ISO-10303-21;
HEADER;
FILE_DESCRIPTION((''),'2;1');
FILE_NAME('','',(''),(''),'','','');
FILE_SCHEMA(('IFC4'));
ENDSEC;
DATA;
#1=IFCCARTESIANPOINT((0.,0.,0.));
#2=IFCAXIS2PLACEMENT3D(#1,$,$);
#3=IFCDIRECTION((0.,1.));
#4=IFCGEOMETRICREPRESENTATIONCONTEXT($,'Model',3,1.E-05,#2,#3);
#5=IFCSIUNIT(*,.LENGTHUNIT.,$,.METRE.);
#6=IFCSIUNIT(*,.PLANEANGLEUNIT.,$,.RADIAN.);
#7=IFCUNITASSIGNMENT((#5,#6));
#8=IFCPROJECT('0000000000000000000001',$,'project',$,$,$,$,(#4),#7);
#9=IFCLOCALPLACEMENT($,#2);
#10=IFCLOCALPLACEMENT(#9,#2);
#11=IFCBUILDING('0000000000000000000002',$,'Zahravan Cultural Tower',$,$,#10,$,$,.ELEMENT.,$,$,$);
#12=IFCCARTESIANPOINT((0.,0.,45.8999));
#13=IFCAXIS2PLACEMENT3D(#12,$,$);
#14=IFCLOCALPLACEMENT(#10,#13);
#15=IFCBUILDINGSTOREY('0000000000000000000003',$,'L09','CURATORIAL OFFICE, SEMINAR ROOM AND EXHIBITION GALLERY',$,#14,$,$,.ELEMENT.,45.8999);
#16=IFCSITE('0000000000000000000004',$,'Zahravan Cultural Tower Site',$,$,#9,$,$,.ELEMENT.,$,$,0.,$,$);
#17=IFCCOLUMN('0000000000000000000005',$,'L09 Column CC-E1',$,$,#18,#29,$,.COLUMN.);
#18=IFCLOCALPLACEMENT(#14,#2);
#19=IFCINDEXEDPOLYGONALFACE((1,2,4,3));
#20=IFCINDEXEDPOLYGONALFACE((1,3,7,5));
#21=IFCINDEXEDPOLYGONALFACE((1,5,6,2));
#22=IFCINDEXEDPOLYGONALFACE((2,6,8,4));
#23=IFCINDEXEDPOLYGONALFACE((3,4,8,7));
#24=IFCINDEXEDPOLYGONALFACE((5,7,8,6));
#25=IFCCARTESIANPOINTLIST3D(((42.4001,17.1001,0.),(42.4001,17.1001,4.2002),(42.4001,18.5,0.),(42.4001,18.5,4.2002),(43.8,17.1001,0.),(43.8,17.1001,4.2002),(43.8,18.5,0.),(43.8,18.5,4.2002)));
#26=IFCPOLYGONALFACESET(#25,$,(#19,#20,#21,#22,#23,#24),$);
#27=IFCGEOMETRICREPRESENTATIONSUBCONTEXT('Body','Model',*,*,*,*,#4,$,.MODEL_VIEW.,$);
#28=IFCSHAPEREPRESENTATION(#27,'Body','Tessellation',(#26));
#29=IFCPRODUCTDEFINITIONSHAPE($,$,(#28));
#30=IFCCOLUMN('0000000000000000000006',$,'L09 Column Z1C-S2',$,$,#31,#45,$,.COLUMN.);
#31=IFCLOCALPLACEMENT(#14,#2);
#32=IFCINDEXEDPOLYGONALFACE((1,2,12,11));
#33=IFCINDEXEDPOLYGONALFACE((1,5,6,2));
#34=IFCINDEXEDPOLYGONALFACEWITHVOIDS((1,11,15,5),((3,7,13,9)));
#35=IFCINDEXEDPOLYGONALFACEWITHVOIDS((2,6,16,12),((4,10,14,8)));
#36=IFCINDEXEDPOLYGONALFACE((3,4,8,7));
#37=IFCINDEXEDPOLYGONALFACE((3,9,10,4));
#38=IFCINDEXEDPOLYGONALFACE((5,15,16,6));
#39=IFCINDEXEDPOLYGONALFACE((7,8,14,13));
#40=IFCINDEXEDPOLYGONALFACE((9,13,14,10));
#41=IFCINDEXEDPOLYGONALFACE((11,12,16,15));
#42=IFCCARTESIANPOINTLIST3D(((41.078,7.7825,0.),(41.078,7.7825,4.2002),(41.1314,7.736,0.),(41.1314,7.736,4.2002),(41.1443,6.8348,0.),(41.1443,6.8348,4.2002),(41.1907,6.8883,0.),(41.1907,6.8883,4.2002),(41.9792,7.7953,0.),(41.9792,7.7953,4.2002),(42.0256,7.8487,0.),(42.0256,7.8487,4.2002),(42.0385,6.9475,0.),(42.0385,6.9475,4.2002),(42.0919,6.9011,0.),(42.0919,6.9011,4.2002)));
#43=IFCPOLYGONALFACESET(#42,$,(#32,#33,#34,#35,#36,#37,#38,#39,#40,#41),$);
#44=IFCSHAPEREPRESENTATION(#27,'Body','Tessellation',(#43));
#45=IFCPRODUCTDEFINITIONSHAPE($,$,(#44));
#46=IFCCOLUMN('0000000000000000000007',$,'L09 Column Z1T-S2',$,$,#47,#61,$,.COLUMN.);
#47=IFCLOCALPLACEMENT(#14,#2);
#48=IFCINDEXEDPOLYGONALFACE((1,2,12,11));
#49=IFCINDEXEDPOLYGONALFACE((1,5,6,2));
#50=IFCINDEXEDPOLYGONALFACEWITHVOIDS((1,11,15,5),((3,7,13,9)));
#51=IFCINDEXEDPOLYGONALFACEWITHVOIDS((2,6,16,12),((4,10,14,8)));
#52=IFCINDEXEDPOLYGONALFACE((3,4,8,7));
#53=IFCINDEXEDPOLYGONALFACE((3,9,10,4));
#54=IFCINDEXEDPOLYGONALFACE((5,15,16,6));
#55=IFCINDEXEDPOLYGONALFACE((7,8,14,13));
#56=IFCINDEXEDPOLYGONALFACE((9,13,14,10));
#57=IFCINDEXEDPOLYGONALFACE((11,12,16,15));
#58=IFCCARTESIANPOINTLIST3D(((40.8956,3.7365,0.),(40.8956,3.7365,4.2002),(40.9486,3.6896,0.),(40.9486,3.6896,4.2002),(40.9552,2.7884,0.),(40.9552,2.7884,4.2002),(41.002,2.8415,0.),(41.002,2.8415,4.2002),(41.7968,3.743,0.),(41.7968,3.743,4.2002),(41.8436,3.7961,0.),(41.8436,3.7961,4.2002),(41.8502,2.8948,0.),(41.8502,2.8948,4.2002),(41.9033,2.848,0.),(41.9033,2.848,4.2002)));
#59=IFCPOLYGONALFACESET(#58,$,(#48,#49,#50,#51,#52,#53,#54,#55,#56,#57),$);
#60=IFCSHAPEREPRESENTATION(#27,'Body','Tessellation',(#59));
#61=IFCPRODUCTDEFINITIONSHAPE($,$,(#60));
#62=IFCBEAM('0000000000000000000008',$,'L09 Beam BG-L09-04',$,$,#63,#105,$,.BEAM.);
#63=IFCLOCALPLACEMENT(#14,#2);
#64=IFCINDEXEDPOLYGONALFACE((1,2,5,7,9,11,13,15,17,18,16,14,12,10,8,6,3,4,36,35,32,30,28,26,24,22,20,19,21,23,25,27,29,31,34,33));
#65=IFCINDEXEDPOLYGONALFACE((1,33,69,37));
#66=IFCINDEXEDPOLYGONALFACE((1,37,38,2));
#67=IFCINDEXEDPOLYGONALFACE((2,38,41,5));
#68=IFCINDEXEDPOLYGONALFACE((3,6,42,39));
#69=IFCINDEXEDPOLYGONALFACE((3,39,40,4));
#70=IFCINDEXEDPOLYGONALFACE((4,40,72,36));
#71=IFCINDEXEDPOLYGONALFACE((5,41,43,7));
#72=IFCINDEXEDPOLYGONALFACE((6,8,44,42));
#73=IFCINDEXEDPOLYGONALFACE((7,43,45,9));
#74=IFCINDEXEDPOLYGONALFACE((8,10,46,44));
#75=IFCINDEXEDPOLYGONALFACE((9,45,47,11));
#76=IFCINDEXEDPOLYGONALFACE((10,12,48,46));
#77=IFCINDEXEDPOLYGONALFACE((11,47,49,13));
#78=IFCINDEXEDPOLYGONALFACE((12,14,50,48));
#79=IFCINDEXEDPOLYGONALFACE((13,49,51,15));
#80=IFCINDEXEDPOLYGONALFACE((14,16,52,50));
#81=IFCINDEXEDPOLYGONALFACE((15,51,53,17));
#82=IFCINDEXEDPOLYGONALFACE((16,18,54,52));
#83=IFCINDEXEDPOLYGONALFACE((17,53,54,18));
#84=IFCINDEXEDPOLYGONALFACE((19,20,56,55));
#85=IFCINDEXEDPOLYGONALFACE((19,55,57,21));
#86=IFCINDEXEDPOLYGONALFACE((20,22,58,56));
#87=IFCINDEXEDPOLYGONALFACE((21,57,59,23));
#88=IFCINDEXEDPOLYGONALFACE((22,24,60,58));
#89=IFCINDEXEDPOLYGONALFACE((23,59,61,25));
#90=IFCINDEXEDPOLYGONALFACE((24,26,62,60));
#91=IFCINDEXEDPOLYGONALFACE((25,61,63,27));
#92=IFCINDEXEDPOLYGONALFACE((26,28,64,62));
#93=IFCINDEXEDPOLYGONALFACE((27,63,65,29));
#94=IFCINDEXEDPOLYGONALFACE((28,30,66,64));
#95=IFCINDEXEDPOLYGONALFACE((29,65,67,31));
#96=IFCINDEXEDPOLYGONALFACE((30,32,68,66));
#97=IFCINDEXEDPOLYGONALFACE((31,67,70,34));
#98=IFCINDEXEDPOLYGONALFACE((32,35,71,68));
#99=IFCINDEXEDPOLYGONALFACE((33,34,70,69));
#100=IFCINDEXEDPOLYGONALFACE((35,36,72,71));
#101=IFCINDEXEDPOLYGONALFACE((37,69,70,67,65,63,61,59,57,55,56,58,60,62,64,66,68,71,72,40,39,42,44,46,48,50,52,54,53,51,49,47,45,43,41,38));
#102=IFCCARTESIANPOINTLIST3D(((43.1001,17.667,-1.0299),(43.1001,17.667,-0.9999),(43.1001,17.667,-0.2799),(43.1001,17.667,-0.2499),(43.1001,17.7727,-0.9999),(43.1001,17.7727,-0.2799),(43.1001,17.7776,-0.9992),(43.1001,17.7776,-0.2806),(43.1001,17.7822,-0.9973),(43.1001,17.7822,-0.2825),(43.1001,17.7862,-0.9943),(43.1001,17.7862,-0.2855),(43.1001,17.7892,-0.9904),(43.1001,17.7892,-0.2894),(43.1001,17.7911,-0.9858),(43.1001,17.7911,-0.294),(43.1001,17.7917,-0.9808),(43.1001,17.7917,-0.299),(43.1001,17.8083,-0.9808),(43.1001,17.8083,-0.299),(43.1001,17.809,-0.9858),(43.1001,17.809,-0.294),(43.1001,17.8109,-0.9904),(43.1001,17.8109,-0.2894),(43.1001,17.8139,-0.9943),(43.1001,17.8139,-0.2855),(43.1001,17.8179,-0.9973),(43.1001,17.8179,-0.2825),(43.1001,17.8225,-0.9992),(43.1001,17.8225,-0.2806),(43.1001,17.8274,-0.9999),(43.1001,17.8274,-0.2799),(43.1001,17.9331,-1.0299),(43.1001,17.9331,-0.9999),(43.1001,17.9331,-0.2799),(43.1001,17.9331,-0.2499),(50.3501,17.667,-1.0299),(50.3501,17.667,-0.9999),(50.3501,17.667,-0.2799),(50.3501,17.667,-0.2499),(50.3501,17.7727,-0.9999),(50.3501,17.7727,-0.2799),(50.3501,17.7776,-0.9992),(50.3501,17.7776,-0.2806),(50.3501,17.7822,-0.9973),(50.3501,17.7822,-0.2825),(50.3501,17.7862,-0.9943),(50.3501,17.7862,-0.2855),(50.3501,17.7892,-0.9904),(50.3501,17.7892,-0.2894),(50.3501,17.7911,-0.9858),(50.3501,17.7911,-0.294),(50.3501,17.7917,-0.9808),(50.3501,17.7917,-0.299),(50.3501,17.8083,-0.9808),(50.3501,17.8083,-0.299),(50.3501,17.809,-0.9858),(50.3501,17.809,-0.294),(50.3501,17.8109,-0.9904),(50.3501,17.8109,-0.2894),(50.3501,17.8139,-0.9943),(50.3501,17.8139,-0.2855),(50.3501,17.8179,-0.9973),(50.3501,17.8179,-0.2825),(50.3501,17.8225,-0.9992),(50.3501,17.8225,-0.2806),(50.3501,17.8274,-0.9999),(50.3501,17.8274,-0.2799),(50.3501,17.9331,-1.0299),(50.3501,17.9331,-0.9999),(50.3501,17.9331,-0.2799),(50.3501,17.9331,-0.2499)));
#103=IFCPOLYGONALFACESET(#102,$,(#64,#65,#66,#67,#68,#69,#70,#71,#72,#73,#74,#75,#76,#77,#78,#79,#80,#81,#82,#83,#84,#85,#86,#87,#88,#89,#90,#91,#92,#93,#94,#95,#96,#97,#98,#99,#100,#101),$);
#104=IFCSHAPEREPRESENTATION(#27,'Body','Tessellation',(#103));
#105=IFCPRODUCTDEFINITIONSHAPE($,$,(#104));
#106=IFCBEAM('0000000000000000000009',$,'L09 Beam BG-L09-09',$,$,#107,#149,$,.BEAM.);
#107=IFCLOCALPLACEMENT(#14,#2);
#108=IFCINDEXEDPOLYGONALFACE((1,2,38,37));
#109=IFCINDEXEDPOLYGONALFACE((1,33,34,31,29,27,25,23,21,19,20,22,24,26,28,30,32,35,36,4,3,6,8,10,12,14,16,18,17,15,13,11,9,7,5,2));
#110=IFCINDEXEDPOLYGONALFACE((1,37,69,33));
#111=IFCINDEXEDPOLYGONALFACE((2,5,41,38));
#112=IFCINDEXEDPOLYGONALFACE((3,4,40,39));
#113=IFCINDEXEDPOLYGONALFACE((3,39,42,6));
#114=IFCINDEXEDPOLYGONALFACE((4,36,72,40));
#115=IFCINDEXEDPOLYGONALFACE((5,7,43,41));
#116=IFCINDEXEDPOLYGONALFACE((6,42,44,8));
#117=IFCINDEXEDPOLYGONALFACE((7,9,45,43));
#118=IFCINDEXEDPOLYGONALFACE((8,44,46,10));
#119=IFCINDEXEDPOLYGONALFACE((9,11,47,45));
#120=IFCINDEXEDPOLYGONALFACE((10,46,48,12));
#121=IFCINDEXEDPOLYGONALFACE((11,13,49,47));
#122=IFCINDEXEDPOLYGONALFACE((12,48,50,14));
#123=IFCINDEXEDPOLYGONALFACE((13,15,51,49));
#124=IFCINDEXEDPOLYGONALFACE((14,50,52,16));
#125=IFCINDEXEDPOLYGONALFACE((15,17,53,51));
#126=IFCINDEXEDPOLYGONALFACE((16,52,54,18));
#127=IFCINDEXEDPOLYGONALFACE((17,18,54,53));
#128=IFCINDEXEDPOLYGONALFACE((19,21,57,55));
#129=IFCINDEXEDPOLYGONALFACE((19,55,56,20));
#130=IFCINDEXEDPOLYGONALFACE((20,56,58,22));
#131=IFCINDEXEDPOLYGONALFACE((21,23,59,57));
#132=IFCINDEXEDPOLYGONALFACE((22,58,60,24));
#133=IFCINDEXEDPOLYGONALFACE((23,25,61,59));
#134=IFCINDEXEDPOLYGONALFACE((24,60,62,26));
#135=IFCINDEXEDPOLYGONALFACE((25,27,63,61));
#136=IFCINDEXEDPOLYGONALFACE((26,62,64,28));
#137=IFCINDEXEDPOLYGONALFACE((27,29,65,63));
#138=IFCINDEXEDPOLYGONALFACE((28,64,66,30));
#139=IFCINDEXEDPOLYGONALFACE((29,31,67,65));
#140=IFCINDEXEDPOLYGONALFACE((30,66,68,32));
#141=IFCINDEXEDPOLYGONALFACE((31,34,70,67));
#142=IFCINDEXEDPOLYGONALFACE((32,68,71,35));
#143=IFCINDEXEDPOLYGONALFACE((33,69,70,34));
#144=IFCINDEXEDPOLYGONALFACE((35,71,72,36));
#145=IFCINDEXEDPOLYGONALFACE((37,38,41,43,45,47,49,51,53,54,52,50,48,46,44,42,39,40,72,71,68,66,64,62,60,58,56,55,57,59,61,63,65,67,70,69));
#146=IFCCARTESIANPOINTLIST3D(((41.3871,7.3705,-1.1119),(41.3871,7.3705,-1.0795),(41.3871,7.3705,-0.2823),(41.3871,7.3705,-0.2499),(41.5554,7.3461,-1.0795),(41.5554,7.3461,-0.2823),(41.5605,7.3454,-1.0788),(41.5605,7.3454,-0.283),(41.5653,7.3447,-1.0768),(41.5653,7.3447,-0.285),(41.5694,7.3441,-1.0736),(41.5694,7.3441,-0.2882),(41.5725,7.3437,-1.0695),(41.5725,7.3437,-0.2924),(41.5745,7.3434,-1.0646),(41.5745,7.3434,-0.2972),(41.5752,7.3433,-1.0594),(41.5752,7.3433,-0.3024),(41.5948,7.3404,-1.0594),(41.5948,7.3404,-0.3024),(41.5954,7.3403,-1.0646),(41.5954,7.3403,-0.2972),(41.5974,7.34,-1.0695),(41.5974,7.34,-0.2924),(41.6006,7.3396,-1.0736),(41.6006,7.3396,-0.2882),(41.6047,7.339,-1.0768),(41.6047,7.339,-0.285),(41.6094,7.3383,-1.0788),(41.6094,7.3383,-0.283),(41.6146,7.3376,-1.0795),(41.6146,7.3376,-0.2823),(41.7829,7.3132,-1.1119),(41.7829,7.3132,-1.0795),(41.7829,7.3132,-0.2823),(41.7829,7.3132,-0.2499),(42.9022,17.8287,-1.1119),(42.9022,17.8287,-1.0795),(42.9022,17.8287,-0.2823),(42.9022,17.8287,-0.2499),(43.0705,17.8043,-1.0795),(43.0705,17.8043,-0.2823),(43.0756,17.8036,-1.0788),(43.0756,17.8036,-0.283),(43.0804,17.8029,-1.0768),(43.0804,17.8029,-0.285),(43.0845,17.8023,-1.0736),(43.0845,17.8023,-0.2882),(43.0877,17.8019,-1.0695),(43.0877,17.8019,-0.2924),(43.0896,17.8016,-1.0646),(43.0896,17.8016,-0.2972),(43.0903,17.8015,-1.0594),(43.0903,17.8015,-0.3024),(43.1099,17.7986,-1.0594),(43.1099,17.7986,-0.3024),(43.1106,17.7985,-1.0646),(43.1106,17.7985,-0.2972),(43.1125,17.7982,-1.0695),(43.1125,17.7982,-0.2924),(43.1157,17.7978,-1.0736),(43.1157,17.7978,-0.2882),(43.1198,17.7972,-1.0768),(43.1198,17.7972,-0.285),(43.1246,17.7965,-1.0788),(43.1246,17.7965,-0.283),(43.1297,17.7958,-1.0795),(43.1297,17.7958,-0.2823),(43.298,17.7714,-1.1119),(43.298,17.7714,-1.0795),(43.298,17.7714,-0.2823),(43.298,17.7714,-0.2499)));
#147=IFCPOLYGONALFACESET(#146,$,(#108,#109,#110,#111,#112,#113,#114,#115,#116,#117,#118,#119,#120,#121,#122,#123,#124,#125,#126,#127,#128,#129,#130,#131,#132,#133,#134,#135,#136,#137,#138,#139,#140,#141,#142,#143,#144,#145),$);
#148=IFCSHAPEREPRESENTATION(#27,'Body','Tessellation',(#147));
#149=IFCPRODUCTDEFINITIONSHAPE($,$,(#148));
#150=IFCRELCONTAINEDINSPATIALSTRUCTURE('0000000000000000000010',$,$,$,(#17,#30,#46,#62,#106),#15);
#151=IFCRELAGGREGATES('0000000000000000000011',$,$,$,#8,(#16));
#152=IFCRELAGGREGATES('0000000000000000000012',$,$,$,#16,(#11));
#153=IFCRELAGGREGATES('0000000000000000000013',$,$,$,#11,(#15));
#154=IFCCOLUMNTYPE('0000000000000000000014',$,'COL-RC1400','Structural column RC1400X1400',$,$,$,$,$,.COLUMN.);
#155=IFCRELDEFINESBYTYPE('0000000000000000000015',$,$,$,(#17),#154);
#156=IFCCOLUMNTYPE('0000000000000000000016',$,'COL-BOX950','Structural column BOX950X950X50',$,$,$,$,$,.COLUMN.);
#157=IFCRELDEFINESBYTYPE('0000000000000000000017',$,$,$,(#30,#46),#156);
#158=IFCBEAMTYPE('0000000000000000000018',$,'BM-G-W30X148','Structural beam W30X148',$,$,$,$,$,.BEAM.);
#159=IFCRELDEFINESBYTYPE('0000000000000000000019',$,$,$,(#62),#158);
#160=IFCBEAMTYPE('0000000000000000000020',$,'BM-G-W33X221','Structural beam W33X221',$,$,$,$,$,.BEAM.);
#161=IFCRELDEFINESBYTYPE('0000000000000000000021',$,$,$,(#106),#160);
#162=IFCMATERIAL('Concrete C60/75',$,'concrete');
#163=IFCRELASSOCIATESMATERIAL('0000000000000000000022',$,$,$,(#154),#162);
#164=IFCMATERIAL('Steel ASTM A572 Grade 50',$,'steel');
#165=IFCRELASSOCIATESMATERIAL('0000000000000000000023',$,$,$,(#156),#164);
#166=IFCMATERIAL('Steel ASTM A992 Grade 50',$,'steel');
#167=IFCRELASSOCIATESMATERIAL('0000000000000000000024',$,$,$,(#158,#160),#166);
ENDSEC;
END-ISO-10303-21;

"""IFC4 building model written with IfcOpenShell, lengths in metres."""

from ifc_helpers import new_model, si_unit, direction, frame, origin, origin_2d, place, context, subcontext, project, spatial, rectangle, hollow_rectangle, i_section, extrude, source, transform, mapped, material, material_profile, profile_set, type_object, element, save


model = new_model("IFC4")

# Units and contexts
model_context = context("Model", 3, precision=1e-05, world=origin(), true_north=direction((0.0, 1.0)))
body_context = subcontext(model_context, "Body", "Model", "MODEL_VIEW")
ifc_project = project(units=[si_unit("LENGTHUNIT", "METRE"), si_unit("PLANEANGLEUNIT", "RADIAN")], contexts=[model_context])

# Site, building, storey
site_placement = place(None, origin())
site = spatial("IfcSite", under=ifc_project, at=site_placement, Name="Zahravan Cultural Tower Site", CompositionType="ELEMENT", RefElevation=0.0)
building_placement = place(site_placement, origin())
building = spatial("IfcBuilding", under=site, at=building_placement, Name="Zahravan Cultural Tower", CompositionType="ELEMENT")
storey_placement = place(building_placement, frame((0.0, 0.0, 45.8999)))
storey = spatial("IfcBuildingStorey", under=building, at=storey_placement, Name="L09", Description="CURATORIAL OFFICE, SEMINAR ROOM AND EXHIBITION GALLERY", CompositionType="ELEMENT", Elevation=45.8999)

# Columns
ifc_material_1 = material(Name="Concrete C60/75", Category="concrete")
ifc_material_profile_1 = material_profile(ifc_material_1, rectangle(XDim=1.3999, YDim=1.3999, at=origin_2d()), Name="RC1400X1400")
ifc_profile_set_1 = profile_set([ifc_material_profile_1], Name="Concrete C60/75")
column_type_1 = type_object("IfcColumnType", Name="COL-RC1400", Description="Structural column RC1400X1400", PredefinedType="COLUMN", material=ifc_profile_set_1)
shared_shape_1 = source(origin(), body_context, "Body", "SweptSolid", [
    extrude(rectangle(XDim=1.3999, YDim=1.3999, at=origin_2d()), origin(), (0.0, 0.0, 1.0), 4.2002),
])
column_placement = place(storey_placement, frame((43.1001, 17.8, 0.0), z_axis=(0.0, 0.0, 1.0), x_axis=(1.0, 0.0, 0.0)))
element("IfcColumn", 1, at=column_placement, inside=storey, type_object=column_type_1, Name="L09 Column CC-E1", PredefinedType="COLUMN", context=body_context, shape_type="MappedRepresentation", body=[
    mapped(shared_shape_1, transform((0.0, 0.0, 0.0), x_axis=(1.0, 0.0, 0.0), y_axis=(0.0, 1.0, 0.0), z_axis=(0.0, 0.0, 1.0), scale=1.0)),
])
ifc_material_2 = material(Name="Steel ASTM A572 Grade 50", Category="steel")
ifc_material_profile_2 = material_profile(ifc_material_2, hollow_rectangle(XDim=0.95, YDim=0.95, WallThickness=0.05, at=origin_2d()), Name="BOX950X950X50")
ifc_profile_set_2 = profile_set([ifc_material_profile_2], Name="Steel ASTM A572 Grade 50")
column_type_2 = type_object("IfcColumnType", Name="COL-BOX950", Description="Structural column BOX950X950X50", PredefinedType="COLUMN", material=ifc_profile_set_2)
shared_shape_2 = source(origin(), body_context, "Body", "SweptSolid", [
    extrude(hollow_rectangle(XDim=0.95, YDim=0.95, WallThickness=0.05, at=origin_2d()), origin(), (0.0, 0.0, 1.0), 4.2002),
])
for number, where, z_axis, x_axis, name in (
    (2, (41.585, 7.3418, 0.0), (0.0, 0.0, 1.0), (-0.069756, 0.997564, 0.0), "L09 Column Z1C-S2"),
    (3, (41.3994, 3.2922, 0.0), (0.0, 0.0, 1.0), (-0.062791, 0.998027, 0.0), "L09 Column Z1T-S2"),
):
    element("IfcColumn", number, at=place(storey_placement, frame(where, z_axis=z_axis, x_axis=x_axis)), inside=storey, type_object=column_type_2, Name=name, PredefinedType="COLUMN", context=body_context, shape_type="MappedRepresentation", body=[
        mapped(shared_shape_2, transform((0.0, 0.0, 0.0), x_axis=(1.0, 0.0, 0.0), y_axis=(0.0, 1.0, 0.0), z_axis=(0.0, 0.0, 1.0), scale=1.0)),
    ])

# Beams
ifc_material_3 = material(Name="Steel ASTM A992 Grade 50", Category="steel")
ifc_material_profile_3 = material_profile(ifc_material_3, i_section(OverallWidth=0.2661, OverallDepth=0.78, WebThickness=0.0166, FlangeThickness=0.03, FilletRadius=0.019, at=origin_2d()), Name="W30X148")
ifc_profile_set_3 = profile_set([ifc_material_profile_3], Name="Steel ASTM A992 Grade 50")
beam_type_1 = type_object("IfcBeamType", Name="BM-G-W30X148", Description="Structural beam W30X148", PredefinedType="BEAM", material=ifc_profile_set_3)
shared_shape_3 = source(origin(), body_context, "Body", "SweptSolid", [
    extrude(i_section(OverallWidth=0.2661, OverallDepth=0.78, WebThickness=0.0166, FlangeThickness=0.03, FilletRadius=0.019, at=origin_2d()), origin(), (0.0, 0.0, 1.0), 7.25),
])
beam_1_placement = place(storey_placement, frame((43.1001, 17.8, -0.6399), z_axis=(1.0, 0.0, 0.0), x_axis=(0.0, 1.0, 0.0)))
element("IfcBeam", 4, at=beam_1_placement, inside=storey, type_object=beam_type_1, Name="L09 Beam BG-L09-04", PredefinedType="BEAM", context=body_context, shape_type="MappedRepresentation", body=[
    mapped(shared_shape_3, transform((0.0, 0.0, 0.0), x_axis=(1.0, 0.0, 0.0), y_axis=(0.0, 1.0, 0.0), z_axis=(0.0, 0.0, 1.0), scale=1.0)),
])
ifc_material_profile_4 = material_profile(ifc_material_3, i_section(OverallWidth=0.3999, OverallDepth=0.8621, WebThickness=0.0198, FlangeThickness=0.0325, FilletRadius=0.02, at=origin_2d()), Name="W33X221")
ifc_profile_set_4 = profile_set([ifc_material_profile_4], Name="Steel ASTM A992 Grade 50")
beam_type_2 = type_object("IfcBeamType", Name="BM-G-W33X221", Description="Structural beam W33X221", PredefinedType="BEAM", material=ifc_profile_set_4)
shared_shape_4 = source(origin(), body_context, "Body", "SweptSolid", [
    extrude(i_section(OverallWidth=0.3999, OverallDepth=0.8621, WebThickness=0.0198, FlangeThickness=0.0325, FilletRadius=0.02, at=origin_2d()), origin(), (0.0, 0.0, 1.0), 10.5674),
])
beam_2_placement = place(storey_placement, frame((43.1001, 17.8, -0.6809), z_axis=(-0.143378, -0.989668, 0.0), x_axis=(0.989668, -0.143378, 0.0)))
element("IfcBeam", 5, at=beam_2_placement, inside=storey, type_object=beam_type_2, Name="L09 Beam BG-L09-09", PredefinedType="BEAM", context=body_context, shape_type="MappedRepresentation", body=[
    mapped(shared_shape_4, transform((0.0, 0.0, 0.0), x_axis=(1.0, 0.0, 0.0), y_axis=(0.0, 1.0, 0.0), z_axis=(0.0, 0.0, 1.0), scale=1.0)),
])

save(model, "model.ifc")
